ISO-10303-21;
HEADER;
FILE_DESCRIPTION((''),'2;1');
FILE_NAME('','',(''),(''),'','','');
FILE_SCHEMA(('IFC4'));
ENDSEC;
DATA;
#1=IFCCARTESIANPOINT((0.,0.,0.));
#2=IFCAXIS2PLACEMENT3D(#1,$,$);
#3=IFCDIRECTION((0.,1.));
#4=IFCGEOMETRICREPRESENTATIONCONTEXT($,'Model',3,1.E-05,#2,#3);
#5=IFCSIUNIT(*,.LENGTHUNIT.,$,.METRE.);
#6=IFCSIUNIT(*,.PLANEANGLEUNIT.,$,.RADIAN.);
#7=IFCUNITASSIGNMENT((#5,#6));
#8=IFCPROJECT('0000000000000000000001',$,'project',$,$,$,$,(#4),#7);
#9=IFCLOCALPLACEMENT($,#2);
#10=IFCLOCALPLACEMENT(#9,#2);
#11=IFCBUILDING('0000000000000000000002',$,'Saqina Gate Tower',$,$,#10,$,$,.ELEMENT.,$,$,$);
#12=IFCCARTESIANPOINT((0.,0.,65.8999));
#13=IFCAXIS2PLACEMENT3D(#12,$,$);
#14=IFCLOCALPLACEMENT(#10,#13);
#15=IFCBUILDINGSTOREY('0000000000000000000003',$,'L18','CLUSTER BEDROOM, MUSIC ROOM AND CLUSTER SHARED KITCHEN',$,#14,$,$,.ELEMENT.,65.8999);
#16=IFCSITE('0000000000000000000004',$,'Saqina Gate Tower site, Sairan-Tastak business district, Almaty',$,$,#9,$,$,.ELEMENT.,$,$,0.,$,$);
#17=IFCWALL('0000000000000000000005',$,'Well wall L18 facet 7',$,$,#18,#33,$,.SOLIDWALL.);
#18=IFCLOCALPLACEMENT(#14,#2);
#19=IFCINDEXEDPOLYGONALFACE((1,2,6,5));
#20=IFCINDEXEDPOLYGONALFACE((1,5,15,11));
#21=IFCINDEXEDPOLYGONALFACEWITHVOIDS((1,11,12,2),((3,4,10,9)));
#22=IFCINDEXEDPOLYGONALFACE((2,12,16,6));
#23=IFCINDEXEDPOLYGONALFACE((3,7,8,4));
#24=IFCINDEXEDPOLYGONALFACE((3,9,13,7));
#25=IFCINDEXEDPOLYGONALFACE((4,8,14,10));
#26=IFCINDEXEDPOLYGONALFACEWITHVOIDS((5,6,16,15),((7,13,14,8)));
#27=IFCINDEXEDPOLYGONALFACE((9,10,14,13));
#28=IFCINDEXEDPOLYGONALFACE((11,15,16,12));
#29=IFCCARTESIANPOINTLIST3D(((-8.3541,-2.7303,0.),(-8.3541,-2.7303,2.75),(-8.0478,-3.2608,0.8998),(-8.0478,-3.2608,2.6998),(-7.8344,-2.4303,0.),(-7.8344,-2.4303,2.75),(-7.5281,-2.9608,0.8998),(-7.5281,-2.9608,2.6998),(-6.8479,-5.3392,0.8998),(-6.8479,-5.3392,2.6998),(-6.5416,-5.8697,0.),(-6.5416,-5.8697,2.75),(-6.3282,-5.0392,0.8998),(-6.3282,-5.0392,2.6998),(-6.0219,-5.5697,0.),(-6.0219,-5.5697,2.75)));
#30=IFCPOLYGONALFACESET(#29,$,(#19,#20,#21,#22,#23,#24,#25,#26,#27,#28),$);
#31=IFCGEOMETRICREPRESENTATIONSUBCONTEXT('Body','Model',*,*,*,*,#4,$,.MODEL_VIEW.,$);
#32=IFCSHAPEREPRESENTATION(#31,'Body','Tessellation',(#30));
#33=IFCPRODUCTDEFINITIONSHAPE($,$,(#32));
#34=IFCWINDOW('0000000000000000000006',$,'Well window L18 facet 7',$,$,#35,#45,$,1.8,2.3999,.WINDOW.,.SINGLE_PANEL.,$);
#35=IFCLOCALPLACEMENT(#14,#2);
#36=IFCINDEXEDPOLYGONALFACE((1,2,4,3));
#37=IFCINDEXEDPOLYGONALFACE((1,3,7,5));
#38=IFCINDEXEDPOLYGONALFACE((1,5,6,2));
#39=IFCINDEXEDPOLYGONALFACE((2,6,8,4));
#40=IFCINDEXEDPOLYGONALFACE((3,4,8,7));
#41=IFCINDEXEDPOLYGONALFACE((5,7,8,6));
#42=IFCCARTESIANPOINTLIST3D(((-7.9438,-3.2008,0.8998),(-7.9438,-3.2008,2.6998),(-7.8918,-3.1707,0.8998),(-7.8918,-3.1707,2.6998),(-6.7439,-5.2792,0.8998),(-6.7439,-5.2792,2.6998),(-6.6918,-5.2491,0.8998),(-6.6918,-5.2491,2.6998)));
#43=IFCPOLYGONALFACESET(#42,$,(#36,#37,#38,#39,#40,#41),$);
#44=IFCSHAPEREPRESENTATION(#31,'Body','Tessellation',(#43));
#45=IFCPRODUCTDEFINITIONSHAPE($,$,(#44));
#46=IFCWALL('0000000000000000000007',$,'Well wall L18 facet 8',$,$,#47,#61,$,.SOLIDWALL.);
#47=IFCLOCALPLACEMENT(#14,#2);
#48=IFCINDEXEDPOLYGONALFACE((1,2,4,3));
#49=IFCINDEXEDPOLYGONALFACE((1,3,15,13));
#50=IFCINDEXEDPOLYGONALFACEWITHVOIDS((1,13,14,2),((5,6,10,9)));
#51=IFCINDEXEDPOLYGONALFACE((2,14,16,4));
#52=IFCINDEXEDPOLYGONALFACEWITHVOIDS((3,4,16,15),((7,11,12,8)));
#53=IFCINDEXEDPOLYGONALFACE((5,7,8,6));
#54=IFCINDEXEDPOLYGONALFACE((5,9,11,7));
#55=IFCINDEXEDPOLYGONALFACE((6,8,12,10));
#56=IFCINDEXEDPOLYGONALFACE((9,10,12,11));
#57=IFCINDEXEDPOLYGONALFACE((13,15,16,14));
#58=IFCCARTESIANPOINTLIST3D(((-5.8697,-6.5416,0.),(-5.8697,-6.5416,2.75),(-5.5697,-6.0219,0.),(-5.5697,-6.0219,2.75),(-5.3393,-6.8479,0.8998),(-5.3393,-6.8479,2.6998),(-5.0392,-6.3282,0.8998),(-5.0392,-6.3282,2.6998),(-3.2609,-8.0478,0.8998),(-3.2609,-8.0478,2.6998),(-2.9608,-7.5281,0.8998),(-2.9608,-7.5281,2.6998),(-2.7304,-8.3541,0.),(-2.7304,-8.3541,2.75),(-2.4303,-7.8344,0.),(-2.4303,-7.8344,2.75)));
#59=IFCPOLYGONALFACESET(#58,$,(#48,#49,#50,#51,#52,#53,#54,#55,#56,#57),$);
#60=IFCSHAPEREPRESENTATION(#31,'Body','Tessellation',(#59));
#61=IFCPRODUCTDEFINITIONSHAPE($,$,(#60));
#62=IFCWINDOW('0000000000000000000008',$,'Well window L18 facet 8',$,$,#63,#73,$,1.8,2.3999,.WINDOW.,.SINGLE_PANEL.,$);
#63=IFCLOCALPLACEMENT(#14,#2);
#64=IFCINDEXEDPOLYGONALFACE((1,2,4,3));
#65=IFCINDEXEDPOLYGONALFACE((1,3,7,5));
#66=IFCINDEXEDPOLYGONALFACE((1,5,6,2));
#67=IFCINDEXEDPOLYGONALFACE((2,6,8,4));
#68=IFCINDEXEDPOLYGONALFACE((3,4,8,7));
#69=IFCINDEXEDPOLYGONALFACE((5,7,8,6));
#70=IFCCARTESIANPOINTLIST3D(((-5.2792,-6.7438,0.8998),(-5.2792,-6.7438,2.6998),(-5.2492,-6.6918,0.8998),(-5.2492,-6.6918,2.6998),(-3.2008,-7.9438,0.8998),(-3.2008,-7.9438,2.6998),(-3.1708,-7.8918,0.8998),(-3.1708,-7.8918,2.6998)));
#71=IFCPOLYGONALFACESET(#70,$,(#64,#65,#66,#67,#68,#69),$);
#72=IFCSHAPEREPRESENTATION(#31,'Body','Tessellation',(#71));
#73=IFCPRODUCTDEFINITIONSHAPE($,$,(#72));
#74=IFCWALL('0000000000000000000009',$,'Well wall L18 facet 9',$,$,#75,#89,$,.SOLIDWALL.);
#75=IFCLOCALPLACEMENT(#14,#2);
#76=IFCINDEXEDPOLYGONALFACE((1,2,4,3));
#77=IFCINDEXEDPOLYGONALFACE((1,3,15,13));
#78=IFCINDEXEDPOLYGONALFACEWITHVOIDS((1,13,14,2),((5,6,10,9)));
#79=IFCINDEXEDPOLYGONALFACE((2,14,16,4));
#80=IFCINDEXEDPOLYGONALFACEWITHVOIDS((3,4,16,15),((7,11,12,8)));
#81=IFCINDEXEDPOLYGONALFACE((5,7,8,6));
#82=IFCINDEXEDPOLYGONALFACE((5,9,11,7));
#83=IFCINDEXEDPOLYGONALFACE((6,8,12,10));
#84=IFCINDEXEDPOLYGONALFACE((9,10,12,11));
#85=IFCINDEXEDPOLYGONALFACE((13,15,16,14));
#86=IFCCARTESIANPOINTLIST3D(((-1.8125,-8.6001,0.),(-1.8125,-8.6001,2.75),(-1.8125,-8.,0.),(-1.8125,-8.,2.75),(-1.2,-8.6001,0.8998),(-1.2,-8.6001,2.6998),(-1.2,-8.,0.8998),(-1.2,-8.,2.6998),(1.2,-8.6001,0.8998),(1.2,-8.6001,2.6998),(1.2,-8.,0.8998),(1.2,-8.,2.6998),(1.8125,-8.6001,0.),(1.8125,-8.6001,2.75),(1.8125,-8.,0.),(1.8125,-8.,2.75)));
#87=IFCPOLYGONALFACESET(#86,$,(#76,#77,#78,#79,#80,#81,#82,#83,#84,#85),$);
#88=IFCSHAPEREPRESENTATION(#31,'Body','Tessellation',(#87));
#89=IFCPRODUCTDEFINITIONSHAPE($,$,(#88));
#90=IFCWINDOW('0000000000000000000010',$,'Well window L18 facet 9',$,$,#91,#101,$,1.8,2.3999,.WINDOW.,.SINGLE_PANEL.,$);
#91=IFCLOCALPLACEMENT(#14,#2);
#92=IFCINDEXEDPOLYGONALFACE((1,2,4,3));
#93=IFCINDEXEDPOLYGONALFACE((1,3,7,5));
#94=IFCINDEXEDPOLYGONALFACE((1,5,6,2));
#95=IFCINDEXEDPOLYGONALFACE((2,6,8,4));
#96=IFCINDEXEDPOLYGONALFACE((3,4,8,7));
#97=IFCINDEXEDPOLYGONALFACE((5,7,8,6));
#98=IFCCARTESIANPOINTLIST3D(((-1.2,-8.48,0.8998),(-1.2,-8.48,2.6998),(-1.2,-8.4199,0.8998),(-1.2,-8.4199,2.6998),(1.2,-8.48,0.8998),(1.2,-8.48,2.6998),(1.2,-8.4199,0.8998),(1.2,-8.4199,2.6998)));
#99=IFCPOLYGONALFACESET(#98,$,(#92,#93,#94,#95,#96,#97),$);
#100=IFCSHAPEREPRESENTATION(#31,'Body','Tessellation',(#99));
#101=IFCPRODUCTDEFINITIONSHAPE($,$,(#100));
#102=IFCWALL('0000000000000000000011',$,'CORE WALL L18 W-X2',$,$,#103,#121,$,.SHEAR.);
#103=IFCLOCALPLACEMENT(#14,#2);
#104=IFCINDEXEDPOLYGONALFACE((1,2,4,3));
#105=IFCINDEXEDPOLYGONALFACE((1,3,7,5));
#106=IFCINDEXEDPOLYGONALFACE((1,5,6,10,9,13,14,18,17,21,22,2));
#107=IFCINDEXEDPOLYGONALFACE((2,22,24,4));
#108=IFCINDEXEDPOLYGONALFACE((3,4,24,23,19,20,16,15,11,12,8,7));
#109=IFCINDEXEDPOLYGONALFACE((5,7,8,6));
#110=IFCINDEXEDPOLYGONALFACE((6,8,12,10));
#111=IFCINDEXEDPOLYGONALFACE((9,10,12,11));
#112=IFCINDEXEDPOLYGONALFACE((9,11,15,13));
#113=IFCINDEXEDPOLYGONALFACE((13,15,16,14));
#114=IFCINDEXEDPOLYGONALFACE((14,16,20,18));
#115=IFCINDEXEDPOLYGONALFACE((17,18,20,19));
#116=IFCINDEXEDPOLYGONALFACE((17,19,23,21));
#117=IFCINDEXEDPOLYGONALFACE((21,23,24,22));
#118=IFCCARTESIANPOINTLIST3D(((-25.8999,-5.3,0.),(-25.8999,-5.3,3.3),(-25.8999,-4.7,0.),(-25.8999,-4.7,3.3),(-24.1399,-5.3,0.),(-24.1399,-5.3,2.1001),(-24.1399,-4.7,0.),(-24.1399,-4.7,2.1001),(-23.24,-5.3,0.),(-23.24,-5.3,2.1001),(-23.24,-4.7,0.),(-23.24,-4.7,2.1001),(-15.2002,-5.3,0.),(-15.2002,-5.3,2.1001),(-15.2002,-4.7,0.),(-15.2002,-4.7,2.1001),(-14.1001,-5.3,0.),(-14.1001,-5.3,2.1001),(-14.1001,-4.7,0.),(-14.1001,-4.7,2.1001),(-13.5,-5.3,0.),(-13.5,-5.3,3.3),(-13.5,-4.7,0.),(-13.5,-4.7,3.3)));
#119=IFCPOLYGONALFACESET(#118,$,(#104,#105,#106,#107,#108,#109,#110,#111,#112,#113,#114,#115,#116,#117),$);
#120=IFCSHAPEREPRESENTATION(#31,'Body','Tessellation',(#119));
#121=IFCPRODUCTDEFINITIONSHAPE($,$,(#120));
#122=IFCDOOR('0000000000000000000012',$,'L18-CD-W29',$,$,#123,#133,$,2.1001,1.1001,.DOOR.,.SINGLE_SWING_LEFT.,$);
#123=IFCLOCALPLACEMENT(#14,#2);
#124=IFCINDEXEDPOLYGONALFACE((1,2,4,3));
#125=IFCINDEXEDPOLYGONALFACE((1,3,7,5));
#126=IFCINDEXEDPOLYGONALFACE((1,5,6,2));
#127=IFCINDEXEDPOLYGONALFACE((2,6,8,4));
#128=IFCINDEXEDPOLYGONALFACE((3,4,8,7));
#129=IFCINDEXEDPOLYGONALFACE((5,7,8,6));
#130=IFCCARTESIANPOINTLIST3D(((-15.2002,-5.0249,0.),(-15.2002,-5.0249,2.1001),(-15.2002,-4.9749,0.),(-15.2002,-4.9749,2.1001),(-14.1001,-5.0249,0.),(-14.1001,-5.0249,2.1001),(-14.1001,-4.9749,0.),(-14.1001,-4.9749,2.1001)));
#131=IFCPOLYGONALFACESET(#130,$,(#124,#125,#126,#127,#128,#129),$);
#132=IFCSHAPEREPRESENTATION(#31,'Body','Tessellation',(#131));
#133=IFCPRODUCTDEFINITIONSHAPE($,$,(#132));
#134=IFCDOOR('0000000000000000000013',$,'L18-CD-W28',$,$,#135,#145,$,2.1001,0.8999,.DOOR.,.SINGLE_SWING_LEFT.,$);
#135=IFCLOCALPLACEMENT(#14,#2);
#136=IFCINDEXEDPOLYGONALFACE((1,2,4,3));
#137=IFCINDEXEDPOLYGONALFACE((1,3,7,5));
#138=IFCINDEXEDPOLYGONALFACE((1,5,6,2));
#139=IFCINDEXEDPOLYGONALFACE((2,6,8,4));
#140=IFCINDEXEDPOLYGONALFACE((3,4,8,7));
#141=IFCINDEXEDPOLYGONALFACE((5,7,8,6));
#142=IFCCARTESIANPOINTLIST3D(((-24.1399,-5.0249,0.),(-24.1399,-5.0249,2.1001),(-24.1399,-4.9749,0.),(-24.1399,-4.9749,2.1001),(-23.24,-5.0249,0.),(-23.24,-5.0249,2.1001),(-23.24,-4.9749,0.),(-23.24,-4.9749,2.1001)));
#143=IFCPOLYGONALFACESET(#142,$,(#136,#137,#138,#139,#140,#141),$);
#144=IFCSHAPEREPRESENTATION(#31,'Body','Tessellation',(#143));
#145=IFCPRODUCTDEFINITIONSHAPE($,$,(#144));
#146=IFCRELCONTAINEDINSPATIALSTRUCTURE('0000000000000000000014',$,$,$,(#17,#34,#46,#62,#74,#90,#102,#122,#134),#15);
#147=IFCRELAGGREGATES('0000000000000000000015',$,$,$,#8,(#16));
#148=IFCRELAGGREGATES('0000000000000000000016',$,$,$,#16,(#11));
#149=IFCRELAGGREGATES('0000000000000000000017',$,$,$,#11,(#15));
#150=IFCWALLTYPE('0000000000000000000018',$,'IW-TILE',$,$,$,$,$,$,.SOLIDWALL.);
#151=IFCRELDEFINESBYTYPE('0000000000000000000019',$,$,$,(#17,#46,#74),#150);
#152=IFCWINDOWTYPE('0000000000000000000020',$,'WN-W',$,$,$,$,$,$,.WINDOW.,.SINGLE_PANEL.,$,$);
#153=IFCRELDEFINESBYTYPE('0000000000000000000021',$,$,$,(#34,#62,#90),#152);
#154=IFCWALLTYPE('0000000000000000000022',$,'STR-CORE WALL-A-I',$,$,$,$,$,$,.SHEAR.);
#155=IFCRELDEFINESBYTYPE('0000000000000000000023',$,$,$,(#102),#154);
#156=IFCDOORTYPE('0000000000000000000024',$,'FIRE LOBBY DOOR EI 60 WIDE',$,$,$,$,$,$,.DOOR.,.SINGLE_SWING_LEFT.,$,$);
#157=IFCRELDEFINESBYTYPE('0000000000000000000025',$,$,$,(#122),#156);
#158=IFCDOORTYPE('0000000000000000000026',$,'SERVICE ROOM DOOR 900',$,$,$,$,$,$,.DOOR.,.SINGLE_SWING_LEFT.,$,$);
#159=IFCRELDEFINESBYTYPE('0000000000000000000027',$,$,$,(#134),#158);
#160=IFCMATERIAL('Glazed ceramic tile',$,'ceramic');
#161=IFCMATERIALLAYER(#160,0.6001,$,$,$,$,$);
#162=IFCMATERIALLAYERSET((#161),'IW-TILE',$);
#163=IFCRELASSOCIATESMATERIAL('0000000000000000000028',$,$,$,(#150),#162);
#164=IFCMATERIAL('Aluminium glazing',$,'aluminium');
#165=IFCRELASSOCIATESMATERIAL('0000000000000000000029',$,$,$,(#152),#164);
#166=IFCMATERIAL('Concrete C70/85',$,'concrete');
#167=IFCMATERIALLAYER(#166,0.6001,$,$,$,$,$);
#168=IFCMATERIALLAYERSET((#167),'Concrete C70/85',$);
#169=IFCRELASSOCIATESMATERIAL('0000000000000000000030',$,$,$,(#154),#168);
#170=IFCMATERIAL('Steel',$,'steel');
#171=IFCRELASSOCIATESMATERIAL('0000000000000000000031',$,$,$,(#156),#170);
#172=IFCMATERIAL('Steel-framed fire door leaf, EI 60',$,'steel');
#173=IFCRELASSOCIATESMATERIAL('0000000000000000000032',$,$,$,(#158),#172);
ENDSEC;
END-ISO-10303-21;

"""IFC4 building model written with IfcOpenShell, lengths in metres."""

from ifc_helpers import new_model, si_unit, direction, frame, frame_2d, origin, place, context, subcontext, project, spatial, rectangle, extrude, material, layer, layer_set, type_object, element, fill, save


model = new_model("IFC4")

# Units and contexts
model_context = context("Model", 3, precision=1e-05, world=origin(), true_north=direction((0.0, 1.0)))
body_context = subcontext(model_context, "Body", "Model", "MODEL_VIEW")
ifc_project = project(units=[si_unit("LENGTHUNIT", "METRE"), si_unit("PLANEANGLEUNIT", "RADIAN")], contexts=[model_context])

# Site, building, storey
site_placement = place(None, origin())
site = spatial("IfcSite", under=ifc_project, at=site_placement, Name="Saqina Gate Tower site, Sairan-Tastak business district, Almaty", CompositionType="ELEMENT", RefElevation=0.0)
building_placement = place(site_placement, origin())
building = spatial("IfcBuilding", under=site, at=building_placement, Name="Saqina Gate Tower", CompositionType="ELEMENT")
storey_placement = place(building_placement, frame((0.0, 0.0, 65.8999)))
storey = spatial("IfcBuildingStorey", under=building, at=storey_placement, Name="L18", Description="CLUSTER BEDROOM, MUSIC ROOM AND CLUSTER SHARED KITCHEN", CompositionType="ELEMENT", Elevation=65.8999)

# Walls, openings, windows
ifc_material_1 = material(Name="Glazed ceramic tile", Category="ceramic")
ifc_layer_1 = layer(ifc_material_1, 0.6001)
ifc_layer_set_1 = layer_set([ifc_layer_1], Name="IW-TILE")
wall_type_1 = type_object("IfcWallType", Name="IW-TILE", PredefinedType="SOLIDWALL", material=ifc_layer_set_1)
wall_1_placement = place(storey_placement, frame((-8.0942, -2.5803, 0.0), z_axis=(0.0, 0.0, 1.0), x_axis=(0.499993, -0.86603, 0.0)))
wall_1 = element("IfcWall", 1, at=wall_1_placement, inside=storey, type_object=wall_type_1, Name="Well wall L18 facet 7", PredefinedType="SOLIDWALL", context=body_context, shape_type="SweptSolid", body=[
    extrude(rectangle(XDim=3.625, YDim=0.6001, at=frame_2d((1.8125, 0.0))), origin(), (0.0, 0.0, 1.0), 2.75),
])
opening_1_placement = place(wall_1_placement, frame((0.6125, 0.0, 0.8999)))
opening_1 = element("IfcOpeningElement", 2, at=opening_1_placement, cuts=wall_1, PredefinedType="OPENING", context=body_context, shape_type="SweptSolid", body=[
    extrude(rectangle(XDim=2.3999, YDim=1.8, at=frame_2d((1.2, 0.8999))), frame((0.0, 0.312, 0.0), z_axis=(0.0, -1.0, 0.0), x_axis=(1.0, 0.0, 0.0)), (0.0, 0.0, 1.0), 0.624),
])
ifc_material_2 = material(Name="Aluminium glazing", Category="aluminium")
window_type = type_object("IfcWindowType", Name="WN-W", PartitioningType="SINGLE_PANEL", PredefinedType="WINDOW", material=ifc_material_2)
window_1_placement = place(opening_1_placement, origin())
window_1 = element("IfcWindow", 3, at=window_1_placement, inside=storey, type_object=window_type, Name="Well window L18 facet 7", OverallHeight=1.8, OverallWidth=2.3999, PartitioningType="SINGLE_PANEL", PredefinedType="WINDOW", context=body_context, shape_type="SweptSolid", body=[
    extrude(rectangle(XDim=2.3999, YDim=1.8, at=frame_2d((1.2, 0.8999))), frame((0.0, -0.1199, 0.0), z_axis=(0.0, -1.0, 0.0), x_axis=(1.0, 0.0, 0.0)), (0.0, 0.0, 1.0), 0.0601),
])
fill(opening_1, window_1)
wall_2_placement = place(storey_placement, frame((-5.7197, -6.2817, 0.0), z_axis=(0.0, 0.0, 1.0), x_axis=(0.86603, -0.499993, 0.0)))
wall_2 = element("IfcWall", 4, at=wall_2_placement, inside=storey, type_object=wall_type_1, Name="Well wall L18 facet 8", PredefinedType="SOLIDWALL", context=body_context, shape_type="SweptSolid", body=[
    extrude(rectangle(XDim=3.625, YDim=0.6001, at=frame_2d((1.8125, 0.0))), origin(), (0.0, 0.0, 1.0), 2.75),
])
opening_2_placement = place(wall_2_placement, frame((0.6125, 0.0, 0.8999)))
opening_2 = element("IfcOpeningElement", 5, at=opening_2_placement, cuts=wall_2, PredefinedType="OPENING", context=body_context, shape_type="SweptSolid", body=[
    extrude(rectangle(XDim=2.3999, YDim=1.8, at=frame_2d((1.2, 0.8999))), frame((0.0, 0.312, 0.0), z_axis=(0.0, -1.0, 0.0), x_axis=(1.0, 0.0, 0.0)), (0.0, 0.0, 1.0), 0.624),
])
window_2_placement = place(opening_2_placement, origin())
window_2 = element("IfcWindow", 6, at=window_2_placement, inside=storey, type_object=window_type, Name="Well window L18 facet 8", OverallHeight=1.8, OverallWidth=2.3999, PartitioningType="SINGLE_PANEL", PredefinedType="WINDOW", context=body_context, shape_type="SweptSolid", body=[
    extrude(rectangle(XDim=2.3999, YDim=1.8, at=frame_2d((1.2, 0.8999))), frame((0.0, -0.1199, 0.0), z_axis=(0.0, -1.0, 0.0), x_axis=(1.0, 0.0, 0.0)), (0.0, 0.0, 1.0), 0.0601),
])
fill(opening_2, window_2)
wall_3_placement = place(storey_placement, frame((-1.8125, -8.3, 0.0), z_axis=(0.0, 0.0, 1.0), x_axis=(1.0, 0.0, 0.0)))
wall_3 = element("IfcWall", 7, at=wall_3_placement, inside=storey, type_object=wall_type_1, Name="Well wall L18 facet 9", PredefinedType="SOLIDWALL", context=body_context, shape_type="SweptSolid", body=[
    extrude(rectangle(XDim=3.625, YDim=0.6001, at=frame_2d((1.8125, 0.0))), origin(), (0.0, 0.0, 1.0), 2.75),
])
opening_3_placement = place(wall_3_placement, frame((0.6125, 0.0, 0.8999)))
opening_3 = element("IfcOpeningElement", 8, at=opening_3_placement, cuts=wall_3, PredefinedType="OPENING", context=body_context, shape_type="SweptSolid", body=[
    extrude(rectangle(XDim=2.3999, YDim=1.8, at=frame_2d((1.2, 0.8999))), frame((0.0, 0.312, 0.0), z_axis=(0.0, -1.0, 0.0), x_axis=(1.0, 0.0, 0.0)), (0.0, 0.0, 1.0), 0.624),
])
window_3_placement = place(opening_3_placement, origin())
window_3 = element("IfcWindow", 9, at=window_3_placement, inside=storey, type_object=window_type, Name="Well window L18 facet 9", OverallHeight=1.8, OverallWidth=2.3999, PartitioningType="SINGLE_PANEL", PredefinedType="WINDOW", context=body_context, shape_type="SweptSolid", body=[
    extrude(rectangle(XDim=2.3999, YDim=1.8, at=frame_2d((1.2, 0.8999))), frame((0.0, -0.1199, 0.0), z_axis=(0.0, -1.0, 0.0), x_axis=(1.0, 0.0, 0.0)), (0.0, 0.0, 1.0), 0.0601),
])
fill(opening_3, window_3)

# Wall, openings, doors
ifc_material_3 = material(Name="Concrete C70/85", Category="concrete")
ifc_layer_2 = layer(ifc_material_3, 0.6001)
ifc_layer_set_2 = layer_set([ifc_layer_2], Name="Concrete C70/85")
wall_type_2 = type_object("IfcWallType", Name="STR-CORE WALL-A-I", PredefinedType="SHEAR", material=ifc_layer_set_2)
wall_4_placement = place(storey_placement, frame((-13.5, -5.0, 0.0), z_axis=(0.0, 0.0, 1.0), x_axis=(-1.0, 0.0, 0.0)))
wall_4 = element("IfcWall", 10, at=wall_4_placement, inside=storey, type_object=wall_type_2, Name="CORE WALL L18 W-X2", PredefinedType="SHEAR", context=body_context, shape_type="SweptSolid", body=[
    extrude(rectangle(XDim=12.3999, YDim=0.6001, at=frame_2d((6.2, 0.0))), origin(), (0.0, 0.0, 1.0), 3.3),
])
opening_4_placement = place(wall_4_placement, frame((9.74, 0.0, 0.0)))
opening_4 = element("IfcOpeningElement", 11, at=opening_4_placement, cuts=wall_4, PredefinedType="OPENING", context=body_context, shape_type="SweptSolid", body=[
    extrude(rectangle(XDim=0.8999, YDim=2.1001, at=frame_2d((0.45, 1.05))), frame((0.0, 0.312, 0.0), z_axis=(0.0, -1.0, 0.0), x_axis=(1.0, 0.0, 0.0)), (0.0, 0.0, 1.0), 0.624),
])
opening_5_placement = place(wall_4_placement, frame((0.6001, 0.0, 0.0)))
opening_5 = element("IfcOpeningElement", 12, at=opening_5_placement, cuts=wall_4, PredefinedType="OPENING", context=body_context, shape_type="SweptSolid", body=[
    extrude(rectangle(XDim=1.1001, YDim=2.1001, at=frame_2d((0.55, 1.05))), frame((0.0, 0.312, 0.0), z_axis=(0.0, -1.0, 0.0), x_axis=(1.0, 0.0, 0.0)), (0.0, 0.0, 1.0), 0.624),
])
ifc_material_4 = material(Name="Steel", Category="steel")
door_type_1 = type_object("IfcDoorType", Name="FIRE LOBBY DOOR EI 60 WIDE", OperationType="SINGLE_SWING_LEFT", PredefinedType="DOOR", material=ifc_material_4)
door_1_placement = place(opening_5_placement, origin())
door_1 = element("IfcDoor", 13, at=door_1_placement, inside=storey, type_object=door_type_1, Name="L18-CD-W29", OperationType="SINGLE_SWING_LEFT", OverallHeight=2.1001, OverallWidth=1.1001, PredefinedType="DOOR", context=body_context, shape_type="SweptSolid", body=[
    extrude(rectangle(XDim=1.1001, YDim=2.1001, at=frame_2d((0.55, 1.05))), frame((0.0, 0.0249, 0.0), z_axis=(0.0, -1.0, 0.0), x_axis=(1.0, 0.0, 0.0)), (0.0, 0.0, 1.0), 0.05),
])
fill(opening_5, door_1)
ifc_material_5 = material(Name="Steel-framed fire door leaf, EI 60", Category="steel")
door_type_2 = type_object("IfcDoorType", Name="SERVICE ROOM DOOR 900", OperationType="SINGLE_SWING_LEFT", PredefinedType="DOOR", material=ifc_material_5)
door_2_placement = place(opening_4_placement, origin())
door_2 = element("IfcDoor", 14, at=door_2_placement, inside=storey, type_object=door_type_2, Name="L18-CD-W28", OperationType="SINGLE_SWING_LEFT", OverallHeight=2.1001, OverallWidth=0.8999, PredefinedType="DOOR", context=body_context, shape_type="SweptSolid", body=[
    extrude(rectangle(XDim=0.8999, YDim=2.1001, at=frame_2d((0.45, 1.05))), frame((0.0, 0.0249, 0.0), z_axis=(0.0, -1.0, 0.0), x_axis=(1.0, 0.0, 0.0)), (0.0, 0.0, 1.0), 0.05),
])
fill(opening_4, door_2)

save(model, "model.ifc")
